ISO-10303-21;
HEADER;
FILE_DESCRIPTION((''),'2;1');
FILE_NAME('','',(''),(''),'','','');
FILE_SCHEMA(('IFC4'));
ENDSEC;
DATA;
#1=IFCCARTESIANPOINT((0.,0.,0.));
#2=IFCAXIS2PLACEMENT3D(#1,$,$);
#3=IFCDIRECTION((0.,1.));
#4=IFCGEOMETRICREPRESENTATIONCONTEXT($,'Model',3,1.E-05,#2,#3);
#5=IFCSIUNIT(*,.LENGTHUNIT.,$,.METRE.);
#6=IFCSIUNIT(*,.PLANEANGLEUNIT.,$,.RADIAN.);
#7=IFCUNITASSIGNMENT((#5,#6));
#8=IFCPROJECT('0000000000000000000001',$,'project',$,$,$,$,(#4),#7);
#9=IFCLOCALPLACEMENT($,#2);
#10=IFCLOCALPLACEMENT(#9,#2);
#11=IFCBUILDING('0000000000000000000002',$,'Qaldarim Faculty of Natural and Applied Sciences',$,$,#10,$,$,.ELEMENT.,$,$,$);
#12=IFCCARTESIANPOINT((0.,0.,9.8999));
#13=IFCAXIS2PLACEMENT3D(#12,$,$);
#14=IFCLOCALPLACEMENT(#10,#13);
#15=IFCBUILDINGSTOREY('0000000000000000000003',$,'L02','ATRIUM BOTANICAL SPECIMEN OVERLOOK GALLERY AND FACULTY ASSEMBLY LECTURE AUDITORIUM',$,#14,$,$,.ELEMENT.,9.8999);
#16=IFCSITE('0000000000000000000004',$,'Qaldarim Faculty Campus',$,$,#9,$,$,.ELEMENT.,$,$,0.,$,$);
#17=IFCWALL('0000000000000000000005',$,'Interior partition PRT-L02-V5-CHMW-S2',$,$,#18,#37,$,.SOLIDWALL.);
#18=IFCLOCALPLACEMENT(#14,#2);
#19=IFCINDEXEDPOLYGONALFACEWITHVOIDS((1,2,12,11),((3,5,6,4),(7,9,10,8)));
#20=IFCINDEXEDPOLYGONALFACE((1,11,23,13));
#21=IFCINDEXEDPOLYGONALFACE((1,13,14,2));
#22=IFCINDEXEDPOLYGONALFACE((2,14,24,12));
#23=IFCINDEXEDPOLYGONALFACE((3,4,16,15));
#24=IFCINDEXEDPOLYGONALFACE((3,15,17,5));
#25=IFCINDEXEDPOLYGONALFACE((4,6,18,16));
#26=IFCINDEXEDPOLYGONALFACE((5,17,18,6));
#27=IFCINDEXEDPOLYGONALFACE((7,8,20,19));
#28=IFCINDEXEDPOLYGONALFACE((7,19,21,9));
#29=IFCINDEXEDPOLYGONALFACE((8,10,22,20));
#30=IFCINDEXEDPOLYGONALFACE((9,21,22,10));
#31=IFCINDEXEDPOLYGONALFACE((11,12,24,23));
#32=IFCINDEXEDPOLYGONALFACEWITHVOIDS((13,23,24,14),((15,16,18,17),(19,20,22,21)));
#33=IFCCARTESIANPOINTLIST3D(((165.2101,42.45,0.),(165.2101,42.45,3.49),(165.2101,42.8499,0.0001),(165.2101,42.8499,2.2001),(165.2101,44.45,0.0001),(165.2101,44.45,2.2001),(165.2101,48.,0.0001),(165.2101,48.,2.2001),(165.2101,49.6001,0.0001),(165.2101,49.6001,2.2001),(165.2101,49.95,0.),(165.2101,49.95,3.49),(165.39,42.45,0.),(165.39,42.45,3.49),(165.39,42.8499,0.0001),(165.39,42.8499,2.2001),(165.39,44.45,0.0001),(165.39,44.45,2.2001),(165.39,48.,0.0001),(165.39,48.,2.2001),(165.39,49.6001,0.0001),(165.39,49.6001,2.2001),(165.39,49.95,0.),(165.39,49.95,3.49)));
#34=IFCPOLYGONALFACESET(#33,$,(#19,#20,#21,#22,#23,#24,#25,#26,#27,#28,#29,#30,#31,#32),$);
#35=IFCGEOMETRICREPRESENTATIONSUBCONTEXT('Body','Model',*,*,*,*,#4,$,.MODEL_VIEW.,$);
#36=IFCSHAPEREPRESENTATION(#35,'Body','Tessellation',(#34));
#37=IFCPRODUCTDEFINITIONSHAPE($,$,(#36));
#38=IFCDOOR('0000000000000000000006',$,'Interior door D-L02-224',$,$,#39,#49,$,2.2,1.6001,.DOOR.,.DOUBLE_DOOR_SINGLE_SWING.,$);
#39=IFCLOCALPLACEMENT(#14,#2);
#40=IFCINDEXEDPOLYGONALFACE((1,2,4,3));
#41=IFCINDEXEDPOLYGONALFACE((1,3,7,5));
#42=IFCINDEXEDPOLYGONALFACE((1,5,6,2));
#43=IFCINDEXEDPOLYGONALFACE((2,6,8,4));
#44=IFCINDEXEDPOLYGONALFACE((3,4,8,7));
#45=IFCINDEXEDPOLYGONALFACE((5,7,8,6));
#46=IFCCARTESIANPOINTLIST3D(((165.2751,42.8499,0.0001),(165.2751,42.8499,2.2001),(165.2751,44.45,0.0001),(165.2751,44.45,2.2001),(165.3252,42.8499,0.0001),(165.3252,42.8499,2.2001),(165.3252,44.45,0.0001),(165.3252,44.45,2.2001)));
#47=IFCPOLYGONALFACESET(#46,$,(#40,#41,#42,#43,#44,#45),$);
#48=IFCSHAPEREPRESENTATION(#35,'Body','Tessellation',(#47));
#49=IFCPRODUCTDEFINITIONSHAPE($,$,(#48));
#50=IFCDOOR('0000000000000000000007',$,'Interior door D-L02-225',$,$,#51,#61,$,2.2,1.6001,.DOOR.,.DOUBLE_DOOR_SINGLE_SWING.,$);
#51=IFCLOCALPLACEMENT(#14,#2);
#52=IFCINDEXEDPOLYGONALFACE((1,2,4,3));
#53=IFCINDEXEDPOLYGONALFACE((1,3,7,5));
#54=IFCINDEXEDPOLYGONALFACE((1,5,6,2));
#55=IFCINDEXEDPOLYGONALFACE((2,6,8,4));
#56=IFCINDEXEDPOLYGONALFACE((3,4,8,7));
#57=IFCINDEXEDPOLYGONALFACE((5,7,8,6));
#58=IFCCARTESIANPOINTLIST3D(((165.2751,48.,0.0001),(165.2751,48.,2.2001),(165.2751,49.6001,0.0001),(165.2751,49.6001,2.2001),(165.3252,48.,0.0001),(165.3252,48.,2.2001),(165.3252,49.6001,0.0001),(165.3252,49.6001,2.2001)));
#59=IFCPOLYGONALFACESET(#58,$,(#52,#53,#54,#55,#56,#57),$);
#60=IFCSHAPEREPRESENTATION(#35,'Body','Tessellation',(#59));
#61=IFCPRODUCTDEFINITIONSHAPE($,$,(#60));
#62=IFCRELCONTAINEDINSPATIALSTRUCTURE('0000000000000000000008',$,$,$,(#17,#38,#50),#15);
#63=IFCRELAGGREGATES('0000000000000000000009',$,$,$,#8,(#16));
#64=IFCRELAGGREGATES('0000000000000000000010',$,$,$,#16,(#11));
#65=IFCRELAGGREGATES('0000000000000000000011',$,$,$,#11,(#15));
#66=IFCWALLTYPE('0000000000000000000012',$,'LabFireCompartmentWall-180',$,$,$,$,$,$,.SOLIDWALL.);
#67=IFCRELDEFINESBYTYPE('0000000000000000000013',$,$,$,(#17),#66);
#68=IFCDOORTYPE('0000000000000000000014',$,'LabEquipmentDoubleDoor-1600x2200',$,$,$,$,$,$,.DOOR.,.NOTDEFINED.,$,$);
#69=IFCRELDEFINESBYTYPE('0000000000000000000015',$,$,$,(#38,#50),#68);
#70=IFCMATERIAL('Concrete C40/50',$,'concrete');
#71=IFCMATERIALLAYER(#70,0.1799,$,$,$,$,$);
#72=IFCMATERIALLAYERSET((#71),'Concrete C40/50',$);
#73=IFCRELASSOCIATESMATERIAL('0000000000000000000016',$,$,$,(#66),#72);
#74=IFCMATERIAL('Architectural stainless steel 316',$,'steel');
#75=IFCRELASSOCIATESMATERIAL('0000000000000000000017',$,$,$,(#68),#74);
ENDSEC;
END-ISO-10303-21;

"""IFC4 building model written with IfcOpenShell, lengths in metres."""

from ifc_helpers import new_model, si_unit, direction, frame, frame_2d, origin, place, context, subcontext, project, spatial, rectangle, extrude, material, layer, layer_set, type_object, element, fill, save


model = new_model("IFC4")

# Units and contexts
model_context = context("Model", 3, precision=1e-05, world=origin(), true_north=direction((0.0, 1.0)))
body_context = subcontext(model_context, "Body", "Model", "MODEL_VIEW")
ifc_project = project(units=[si_unit("LENGTHUNIT", "METRE"), si_unit("PLANEANGLEUNIT", "RADIAN")], contexts=[model_context])

# Site, building, storey
site_placement = place(None, origin())
site = spatial("IfcSite", under=ifc_project, at=site_placement, Name="Qaldarim Faculty Campus", CompositionType="ELEMENT", RefElevation=0.0)
building_placement = place(site_placement, origin())
building = spatial("IfcBuilding", under=site, at=building_placement, Name="Qaldarim Faculty of Natural and Applied Sciences", CompositionType="ELEMENT")
storey_placement = place(building_placement, frame((0.0, 0.0, 9.8999)))
storey = spatial("IfcBuildingStorey", under=building, at=storey_placement, Name="L02", Description="ATRIUM BOTANICAL SPECIMEN OVERLOOK GALLERY AND FACULTY ASSEMBLY LECTURE AUDITORIUM", CompositionType="ELEMENT", Elevation=9.8999)

# Shared definitions
ifc_material_1 = material(Name="Concrete C40/50", Category="concrete")

# Shared definitions
ifc_material_2 = material(Name="Architectural stainless steel 316", Category="steel")

# Wall, openings, doors
ifc_layer_1 = layer(ifc_material_1, 0.1799)
ifc_layer_set_1 = layer_set([ifc_layer_1], Name="Concrete C40/50")
wall_type_1 = type_object("IfcWallType", Name="LabFireCompartmentWall-180", PredefinedType="SOLIDWALL", material=ifc_layer_set_1)
wall_1_placement = place(storey_placement, frame((165.3, 42.45, 0.0), z_axis=(0.0, 0.0, 1.0), x_axis=(0.0, 1.0, 0.0)))
wall_1 = element("IfcWall", 1, at=wall_1_placement, inside=storey, type_object=wall_type_1, Name="Interior partition PRT-L02-V5-CHMW-S2", PredefinedType="SOLIDWALL", context=body_context, shape_type="SweptSolid", body=[
    extrude(rectangle(XDim=7.5, YDim=0.1799, at=frame_2d((3.75, 0.0))), origin(), (0.0, 0.0, 1.0), 3.49),
])
opening_1_placement = place(wall_1_placement, frame((0.3999, 0.0, 0.0)))
opening_1 = element("IfcOpeningElement", 2, at=opening_1_placement, cuts=wall_1, PredefinedType="OPENING", context=body_context, shape_type="SweptSolid", body=[
    extrude(rectangle(XDim=1.6001, YDim=2.2, at=frame_2d((0.8, 1.1001))), frame((0.0, 0.0999, 0.0), z_axis=(0.0, -1.0, 0.0), x_axis=(1.0, 0.0, 0.0)), (0.0, 0.0, 1.0), 0.2),
])
opening_2_placement = place(wall_1_placement, frame((5.55, 0.0, 0.0)))
opening_2 = element("IfcOpeningElement", 3, at=opening_2_placement, cuts=wall_1, PredefinedType="OPENING", context=body_context, shape_type="SweptSolid", body=[
    extrude(rectangle(XDim=1.6001, YDim=2.2, at=frame_2d((0.8, 1.1001))), frame((0.0, 0.0999, 0.0), z_axis=(0.0, -1.0, 0.0), x_axis=(1.0, 0.0, 0.0)), (0.0, 0.0, 1.0), 0.2),
])
door_type_1 = type_object("IfcDoorType", Name="LabEquipmentDoubleDoor-1600x2200", OperationType="NOTDEFINED", PredefinedType="DOOR", material=ifc_material_2)
door_1_placement = place(opening_1_placement, origin())
door_1 = element("IfcDoor", 4, at=door_1_placement, inside=storey, type_object=door_type_1, Name="Interior door D-L02-224", OperationType="DOUBLE_DOOR_SINGLE_SWING", OverallHeight=2.2, OverallWidth=1.6001, PredefinedType="DOOR", context=body_context, shape_type="SweptSolid", body=[
    extrude(rectangle(XDim=1.6001, YDim=2.2, at=frame_2d((0.8, 1.1001))), frame((0.0, 0.0249, 0.0), z_axis=(0.0, -1.0, 0.0), x_axis=(1.0, 0.0, 0.0)), (0.0, 0.0, 1.0), 0.05),
])
fill(opening_1, door_1)
door_2_placement = place(opening_2_placement, origin())
door_2 = element("IfcDoor", 5, at=door_2_placement, inside=storey, type_object=door_type_1, Name="Interior door D-L02-225", OperationType="DOUBLE_DOOR_SINGLE_SWING", OverallHeight=2.2, OverallWidth=1.6001, PredefinedType="DOOR", context=body_context, shape_type="SweptSolid", body=[
    extrude(rectangle(XDim=1.6001, YDim=2.2, at=frame_2d((0.8, 1.1001))), frame((0.0, 0.0249, 0.0), z_axis=(0.0, -1.0, 0.0), x_axis=(1.0, 0.0, 0.0)), (0.0, 0.0, 1.0), 0.05),
])
fill(opening_2, door_2)

save(model, "model.ifc")
